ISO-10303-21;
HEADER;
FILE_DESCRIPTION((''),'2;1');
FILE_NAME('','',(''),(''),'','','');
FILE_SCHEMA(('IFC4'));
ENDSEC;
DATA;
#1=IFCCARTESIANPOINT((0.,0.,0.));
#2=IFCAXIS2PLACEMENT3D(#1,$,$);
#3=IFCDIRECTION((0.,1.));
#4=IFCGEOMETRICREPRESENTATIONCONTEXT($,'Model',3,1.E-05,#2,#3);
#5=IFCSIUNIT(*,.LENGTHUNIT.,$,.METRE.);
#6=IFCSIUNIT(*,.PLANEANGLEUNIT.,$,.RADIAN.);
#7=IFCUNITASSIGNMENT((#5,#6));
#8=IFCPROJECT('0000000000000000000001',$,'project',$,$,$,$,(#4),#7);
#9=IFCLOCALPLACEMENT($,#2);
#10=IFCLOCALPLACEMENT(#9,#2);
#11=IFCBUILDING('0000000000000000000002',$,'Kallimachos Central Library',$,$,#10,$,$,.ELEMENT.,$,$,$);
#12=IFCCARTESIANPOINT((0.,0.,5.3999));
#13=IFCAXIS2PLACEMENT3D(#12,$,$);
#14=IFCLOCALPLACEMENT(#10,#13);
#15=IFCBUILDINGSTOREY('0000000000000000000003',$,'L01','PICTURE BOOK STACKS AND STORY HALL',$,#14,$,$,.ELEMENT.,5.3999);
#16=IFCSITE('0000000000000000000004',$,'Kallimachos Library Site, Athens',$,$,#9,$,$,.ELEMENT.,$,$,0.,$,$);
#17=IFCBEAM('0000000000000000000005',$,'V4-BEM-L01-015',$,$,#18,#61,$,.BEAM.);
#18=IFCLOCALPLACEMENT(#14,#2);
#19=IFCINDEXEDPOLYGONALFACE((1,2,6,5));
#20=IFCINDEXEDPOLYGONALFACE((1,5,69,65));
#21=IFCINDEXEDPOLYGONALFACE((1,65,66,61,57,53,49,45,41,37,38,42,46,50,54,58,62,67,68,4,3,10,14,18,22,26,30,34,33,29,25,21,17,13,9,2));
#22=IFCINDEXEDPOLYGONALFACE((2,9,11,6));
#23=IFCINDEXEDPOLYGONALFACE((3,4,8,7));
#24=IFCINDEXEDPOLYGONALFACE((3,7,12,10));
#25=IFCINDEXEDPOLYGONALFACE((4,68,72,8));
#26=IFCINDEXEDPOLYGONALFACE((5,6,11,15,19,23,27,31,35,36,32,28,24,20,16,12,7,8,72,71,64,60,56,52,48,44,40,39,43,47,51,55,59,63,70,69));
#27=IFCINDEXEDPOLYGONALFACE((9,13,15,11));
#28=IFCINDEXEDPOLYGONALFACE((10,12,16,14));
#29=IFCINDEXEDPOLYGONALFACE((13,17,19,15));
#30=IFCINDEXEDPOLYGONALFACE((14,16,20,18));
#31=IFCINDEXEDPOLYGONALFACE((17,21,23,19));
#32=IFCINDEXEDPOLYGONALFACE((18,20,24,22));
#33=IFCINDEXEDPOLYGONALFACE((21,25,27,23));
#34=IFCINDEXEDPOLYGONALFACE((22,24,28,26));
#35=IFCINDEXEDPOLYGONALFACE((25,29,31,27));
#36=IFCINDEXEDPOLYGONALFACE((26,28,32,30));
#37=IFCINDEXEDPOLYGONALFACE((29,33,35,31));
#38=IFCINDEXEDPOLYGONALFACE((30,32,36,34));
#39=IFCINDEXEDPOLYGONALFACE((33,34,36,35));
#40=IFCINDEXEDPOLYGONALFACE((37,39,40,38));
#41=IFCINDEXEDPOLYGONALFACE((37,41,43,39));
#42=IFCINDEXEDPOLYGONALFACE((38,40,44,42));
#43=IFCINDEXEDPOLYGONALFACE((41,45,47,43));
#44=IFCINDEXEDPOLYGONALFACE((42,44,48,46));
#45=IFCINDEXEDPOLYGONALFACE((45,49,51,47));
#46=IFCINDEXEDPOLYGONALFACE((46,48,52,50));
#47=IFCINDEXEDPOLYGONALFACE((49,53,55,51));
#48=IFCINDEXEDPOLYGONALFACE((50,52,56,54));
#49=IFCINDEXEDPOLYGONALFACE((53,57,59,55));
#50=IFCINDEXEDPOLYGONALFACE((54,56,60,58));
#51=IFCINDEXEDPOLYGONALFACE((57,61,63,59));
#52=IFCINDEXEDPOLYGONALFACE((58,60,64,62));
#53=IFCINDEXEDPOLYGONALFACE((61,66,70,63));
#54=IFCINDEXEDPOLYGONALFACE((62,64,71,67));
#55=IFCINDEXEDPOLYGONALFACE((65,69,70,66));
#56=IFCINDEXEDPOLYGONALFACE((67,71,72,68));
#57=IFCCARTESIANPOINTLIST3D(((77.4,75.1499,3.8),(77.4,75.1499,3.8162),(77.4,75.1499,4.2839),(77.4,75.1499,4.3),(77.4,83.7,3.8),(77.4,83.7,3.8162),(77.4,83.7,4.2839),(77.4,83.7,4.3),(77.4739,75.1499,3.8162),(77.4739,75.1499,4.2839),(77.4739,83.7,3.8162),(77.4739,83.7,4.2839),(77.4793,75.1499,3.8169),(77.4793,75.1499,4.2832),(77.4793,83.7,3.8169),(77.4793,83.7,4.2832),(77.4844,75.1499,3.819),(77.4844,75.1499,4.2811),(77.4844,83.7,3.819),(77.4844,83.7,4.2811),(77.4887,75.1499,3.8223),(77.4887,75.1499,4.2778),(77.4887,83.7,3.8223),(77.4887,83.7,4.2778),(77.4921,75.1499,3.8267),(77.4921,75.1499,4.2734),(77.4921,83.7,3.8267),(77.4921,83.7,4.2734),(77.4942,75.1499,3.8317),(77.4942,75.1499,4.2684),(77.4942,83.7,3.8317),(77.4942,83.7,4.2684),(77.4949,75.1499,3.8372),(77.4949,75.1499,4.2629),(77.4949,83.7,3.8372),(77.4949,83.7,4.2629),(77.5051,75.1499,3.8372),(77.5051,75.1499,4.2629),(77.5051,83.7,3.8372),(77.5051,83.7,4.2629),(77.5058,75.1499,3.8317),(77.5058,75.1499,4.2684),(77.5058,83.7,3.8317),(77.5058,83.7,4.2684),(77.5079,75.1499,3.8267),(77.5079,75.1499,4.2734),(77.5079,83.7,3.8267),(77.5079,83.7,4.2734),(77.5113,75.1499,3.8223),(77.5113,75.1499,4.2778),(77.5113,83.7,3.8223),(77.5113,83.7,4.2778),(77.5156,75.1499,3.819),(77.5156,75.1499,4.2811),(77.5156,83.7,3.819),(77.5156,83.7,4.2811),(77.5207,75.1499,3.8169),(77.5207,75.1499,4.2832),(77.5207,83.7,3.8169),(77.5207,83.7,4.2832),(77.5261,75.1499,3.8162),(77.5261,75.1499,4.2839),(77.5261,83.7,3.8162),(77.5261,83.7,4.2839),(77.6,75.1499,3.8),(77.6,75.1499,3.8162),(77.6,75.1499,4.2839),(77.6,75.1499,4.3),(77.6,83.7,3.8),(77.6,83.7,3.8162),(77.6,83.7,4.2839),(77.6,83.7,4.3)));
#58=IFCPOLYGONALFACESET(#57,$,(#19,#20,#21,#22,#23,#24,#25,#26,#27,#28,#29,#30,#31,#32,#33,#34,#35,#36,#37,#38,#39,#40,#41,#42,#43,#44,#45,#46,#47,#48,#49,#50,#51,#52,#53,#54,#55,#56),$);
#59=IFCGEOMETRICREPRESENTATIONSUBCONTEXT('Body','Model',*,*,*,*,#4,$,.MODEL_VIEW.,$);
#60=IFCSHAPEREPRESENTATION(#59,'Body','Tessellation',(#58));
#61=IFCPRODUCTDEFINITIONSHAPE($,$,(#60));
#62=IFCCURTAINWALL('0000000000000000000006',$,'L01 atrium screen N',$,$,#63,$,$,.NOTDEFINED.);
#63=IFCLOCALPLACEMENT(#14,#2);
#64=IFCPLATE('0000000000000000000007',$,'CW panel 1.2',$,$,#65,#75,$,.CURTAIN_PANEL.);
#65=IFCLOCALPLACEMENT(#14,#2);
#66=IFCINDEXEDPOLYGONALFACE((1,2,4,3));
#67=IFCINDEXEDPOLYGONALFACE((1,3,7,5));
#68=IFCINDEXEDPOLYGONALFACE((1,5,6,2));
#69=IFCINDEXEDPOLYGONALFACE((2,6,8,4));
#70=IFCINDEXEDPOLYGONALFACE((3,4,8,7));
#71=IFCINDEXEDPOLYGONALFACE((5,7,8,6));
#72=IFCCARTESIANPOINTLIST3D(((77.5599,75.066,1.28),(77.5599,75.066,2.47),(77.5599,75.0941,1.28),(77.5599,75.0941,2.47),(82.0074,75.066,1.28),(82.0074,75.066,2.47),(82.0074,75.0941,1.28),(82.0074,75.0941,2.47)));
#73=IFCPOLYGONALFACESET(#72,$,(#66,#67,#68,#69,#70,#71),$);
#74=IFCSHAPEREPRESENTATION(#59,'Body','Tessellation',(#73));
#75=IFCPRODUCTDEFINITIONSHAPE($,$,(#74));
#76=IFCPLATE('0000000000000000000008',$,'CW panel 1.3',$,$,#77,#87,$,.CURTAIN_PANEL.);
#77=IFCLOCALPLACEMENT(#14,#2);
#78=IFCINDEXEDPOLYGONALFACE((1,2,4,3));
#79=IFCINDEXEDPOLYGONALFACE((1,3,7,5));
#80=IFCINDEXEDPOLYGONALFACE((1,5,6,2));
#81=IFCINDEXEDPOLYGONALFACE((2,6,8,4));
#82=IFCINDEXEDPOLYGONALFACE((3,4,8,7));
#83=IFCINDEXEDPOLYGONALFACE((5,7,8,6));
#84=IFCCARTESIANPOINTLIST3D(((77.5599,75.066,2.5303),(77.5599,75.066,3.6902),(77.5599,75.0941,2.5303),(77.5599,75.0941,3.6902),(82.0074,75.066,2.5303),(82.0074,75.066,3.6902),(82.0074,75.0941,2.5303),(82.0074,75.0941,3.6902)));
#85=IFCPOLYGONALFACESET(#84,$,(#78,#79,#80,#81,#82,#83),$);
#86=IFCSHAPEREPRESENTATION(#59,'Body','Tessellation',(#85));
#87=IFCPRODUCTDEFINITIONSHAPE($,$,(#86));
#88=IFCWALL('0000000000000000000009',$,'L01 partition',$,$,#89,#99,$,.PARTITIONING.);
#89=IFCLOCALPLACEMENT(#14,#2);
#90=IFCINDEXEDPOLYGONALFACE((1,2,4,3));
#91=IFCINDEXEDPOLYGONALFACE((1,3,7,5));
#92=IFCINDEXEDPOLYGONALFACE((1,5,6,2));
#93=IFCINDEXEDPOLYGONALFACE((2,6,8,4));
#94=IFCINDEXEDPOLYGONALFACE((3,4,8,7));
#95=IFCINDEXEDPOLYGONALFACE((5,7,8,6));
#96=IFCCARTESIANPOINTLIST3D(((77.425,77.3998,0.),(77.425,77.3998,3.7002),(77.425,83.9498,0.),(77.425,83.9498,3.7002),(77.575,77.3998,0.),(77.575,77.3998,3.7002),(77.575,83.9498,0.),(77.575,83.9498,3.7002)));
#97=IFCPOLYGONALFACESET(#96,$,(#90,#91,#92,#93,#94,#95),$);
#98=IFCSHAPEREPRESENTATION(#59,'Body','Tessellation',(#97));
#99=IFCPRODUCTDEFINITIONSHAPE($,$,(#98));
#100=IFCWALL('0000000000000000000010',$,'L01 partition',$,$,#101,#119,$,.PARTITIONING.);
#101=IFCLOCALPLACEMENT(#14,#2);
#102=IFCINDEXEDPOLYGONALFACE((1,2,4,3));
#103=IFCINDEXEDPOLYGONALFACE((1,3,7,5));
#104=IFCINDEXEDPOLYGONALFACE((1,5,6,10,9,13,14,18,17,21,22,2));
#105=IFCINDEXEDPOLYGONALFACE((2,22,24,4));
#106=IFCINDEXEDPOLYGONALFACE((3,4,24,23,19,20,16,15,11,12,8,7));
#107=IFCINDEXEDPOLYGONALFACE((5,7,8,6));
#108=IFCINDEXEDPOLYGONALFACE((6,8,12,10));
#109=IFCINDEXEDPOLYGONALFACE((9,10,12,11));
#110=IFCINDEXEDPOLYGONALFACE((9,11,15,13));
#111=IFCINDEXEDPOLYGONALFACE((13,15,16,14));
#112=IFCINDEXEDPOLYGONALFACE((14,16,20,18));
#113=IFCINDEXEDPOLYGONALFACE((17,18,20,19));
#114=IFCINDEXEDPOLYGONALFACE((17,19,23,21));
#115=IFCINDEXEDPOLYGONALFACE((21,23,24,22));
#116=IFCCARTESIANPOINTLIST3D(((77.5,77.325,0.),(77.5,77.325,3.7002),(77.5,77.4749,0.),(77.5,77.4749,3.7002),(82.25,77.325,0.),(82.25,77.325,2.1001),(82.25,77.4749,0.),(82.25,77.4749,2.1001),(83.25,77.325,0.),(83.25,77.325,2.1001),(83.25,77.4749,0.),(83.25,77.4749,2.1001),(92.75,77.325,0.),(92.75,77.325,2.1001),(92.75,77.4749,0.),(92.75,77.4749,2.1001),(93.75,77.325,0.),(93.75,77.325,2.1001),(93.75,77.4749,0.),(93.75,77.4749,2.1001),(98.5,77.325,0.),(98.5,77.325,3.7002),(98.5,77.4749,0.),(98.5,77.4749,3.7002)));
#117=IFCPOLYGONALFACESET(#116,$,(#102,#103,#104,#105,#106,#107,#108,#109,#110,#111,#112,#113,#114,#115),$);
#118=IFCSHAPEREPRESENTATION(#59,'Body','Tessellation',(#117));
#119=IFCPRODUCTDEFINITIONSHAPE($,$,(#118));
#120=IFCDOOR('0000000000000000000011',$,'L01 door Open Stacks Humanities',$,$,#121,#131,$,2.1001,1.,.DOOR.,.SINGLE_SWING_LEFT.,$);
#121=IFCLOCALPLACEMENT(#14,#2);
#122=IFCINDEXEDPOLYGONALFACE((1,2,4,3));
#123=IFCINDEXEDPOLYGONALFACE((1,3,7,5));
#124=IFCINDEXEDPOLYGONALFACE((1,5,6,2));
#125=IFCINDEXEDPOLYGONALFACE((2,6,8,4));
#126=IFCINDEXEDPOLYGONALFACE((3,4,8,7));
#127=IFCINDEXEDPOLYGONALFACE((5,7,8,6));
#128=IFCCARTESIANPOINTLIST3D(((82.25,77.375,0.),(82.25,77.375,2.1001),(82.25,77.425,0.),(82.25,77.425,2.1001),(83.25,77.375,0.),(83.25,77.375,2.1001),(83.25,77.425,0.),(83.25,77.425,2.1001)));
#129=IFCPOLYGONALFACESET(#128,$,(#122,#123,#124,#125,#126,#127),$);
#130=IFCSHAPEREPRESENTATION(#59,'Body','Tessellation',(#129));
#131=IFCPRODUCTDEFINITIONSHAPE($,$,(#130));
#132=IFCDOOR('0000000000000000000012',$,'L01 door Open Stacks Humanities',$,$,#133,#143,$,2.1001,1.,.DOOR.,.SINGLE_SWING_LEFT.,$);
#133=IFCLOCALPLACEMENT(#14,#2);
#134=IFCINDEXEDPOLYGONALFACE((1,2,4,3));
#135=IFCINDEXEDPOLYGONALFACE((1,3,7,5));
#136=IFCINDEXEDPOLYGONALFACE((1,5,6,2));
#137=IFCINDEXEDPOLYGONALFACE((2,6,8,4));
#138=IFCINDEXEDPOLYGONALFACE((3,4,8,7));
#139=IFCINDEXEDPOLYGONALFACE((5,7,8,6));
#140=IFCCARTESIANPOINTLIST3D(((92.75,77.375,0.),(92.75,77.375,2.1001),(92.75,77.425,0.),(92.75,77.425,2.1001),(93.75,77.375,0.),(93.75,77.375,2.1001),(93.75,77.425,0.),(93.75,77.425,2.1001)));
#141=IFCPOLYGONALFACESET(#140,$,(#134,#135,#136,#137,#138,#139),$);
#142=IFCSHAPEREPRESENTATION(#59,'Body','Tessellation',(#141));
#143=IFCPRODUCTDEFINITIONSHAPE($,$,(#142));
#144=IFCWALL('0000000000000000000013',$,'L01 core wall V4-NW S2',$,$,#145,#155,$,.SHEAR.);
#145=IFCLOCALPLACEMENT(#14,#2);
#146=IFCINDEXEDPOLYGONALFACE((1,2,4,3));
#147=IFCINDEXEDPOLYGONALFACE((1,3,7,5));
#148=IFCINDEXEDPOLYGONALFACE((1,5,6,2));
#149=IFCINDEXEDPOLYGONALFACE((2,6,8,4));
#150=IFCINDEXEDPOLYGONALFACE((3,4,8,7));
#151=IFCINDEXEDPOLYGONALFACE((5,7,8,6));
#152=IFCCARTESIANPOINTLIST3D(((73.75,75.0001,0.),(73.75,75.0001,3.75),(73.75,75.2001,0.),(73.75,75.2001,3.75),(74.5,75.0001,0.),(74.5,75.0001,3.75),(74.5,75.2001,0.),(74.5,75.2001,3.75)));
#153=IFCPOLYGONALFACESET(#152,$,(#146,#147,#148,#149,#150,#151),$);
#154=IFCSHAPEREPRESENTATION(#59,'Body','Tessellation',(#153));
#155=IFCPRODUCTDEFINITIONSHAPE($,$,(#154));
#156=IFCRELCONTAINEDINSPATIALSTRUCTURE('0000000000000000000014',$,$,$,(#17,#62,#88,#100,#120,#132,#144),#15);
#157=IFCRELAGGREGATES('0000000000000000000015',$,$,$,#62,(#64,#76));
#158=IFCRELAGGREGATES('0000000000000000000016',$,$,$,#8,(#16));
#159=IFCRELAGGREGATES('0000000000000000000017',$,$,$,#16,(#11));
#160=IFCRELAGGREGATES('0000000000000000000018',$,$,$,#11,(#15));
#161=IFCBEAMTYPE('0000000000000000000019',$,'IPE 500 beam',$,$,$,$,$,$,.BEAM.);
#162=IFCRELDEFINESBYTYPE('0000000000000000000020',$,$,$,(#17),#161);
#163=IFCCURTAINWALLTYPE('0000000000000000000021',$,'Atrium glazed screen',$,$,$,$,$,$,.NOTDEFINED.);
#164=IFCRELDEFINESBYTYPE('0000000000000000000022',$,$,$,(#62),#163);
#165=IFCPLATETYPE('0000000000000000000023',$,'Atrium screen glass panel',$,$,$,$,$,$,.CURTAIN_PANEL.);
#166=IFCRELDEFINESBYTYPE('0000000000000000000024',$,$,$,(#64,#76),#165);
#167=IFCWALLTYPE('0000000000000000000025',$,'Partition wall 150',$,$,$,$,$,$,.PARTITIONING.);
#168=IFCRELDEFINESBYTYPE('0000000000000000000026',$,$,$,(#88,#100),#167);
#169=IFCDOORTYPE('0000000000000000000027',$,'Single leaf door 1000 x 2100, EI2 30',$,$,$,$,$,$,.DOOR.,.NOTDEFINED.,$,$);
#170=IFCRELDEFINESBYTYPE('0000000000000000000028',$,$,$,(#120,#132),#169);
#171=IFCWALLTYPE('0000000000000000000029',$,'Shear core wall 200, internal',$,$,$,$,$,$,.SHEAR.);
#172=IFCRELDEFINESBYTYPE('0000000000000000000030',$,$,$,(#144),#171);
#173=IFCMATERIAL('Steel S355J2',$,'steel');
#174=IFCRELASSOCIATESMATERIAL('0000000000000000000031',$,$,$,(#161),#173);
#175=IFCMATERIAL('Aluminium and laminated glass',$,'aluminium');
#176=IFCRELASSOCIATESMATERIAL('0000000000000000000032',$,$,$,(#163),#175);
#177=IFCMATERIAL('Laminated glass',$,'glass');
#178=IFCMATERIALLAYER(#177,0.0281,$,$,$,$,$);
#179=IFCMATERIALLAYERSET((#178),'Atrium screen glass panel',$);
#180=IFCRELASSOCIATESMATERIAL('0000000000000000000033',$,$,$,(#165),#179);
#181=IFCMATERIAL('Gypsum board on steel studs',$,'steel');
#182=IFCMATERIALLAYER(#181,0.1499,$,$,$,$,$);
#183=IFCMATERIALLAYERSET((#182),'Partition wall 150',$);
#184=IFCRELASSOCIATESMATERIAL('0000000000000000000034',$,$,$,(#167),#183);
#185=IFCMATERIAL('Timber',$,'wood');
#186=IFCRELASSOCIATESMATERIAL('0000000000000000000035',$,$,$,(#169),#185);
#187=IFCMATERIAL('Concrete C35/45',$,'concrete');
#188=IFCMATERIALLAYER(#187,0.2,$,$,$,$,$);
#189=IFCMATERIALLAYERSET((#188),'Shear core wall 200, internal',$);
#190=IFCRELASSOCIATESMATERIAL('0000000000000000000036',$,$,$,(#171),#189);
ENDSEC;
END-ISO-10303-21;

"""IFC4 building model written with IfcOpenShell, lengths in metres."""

from ifc_helpers import new_model, si_unit, direction, frame, frame_2d, origin, origin_2d, place, context, subcontext, project, spatial, rectangle, i_section, extrude, material, layer, layer_set, material_profile, profile_set, type_object, element, fill, aggregate, save


model = new_model("IFC4")

# Units and contexts
model_context = context("Model", 3, precision=1e-05, world=origin(), true_north=direction((0.0, 1.0)))
body_context = subcontext(model_context, "Body", "Model", "MODEL_VIEW")
ifc_project = project(units=[si_unit("LENGTHUNIT", "METRE"), si_unit("PLANEANGLEUNIT", "RADIAN")], contexts=[model_context])

# Site, building, storey
site_placement = place(None, origin())
site = spatial("IfcSite", under=ifc_project, at=site_placement, Name="Kallimachos Library Site, Athens", CompositionType="ELEMENT", RefElevation=0.0)
building_placement = place(site_placement, origin())
building = spatial("IfcBuilding", under=site, at=building_placement, Name="Kallimachos Central Library", CompositionType="ELEMENT")
storey_placement = place(building_placement, frame((0.0, 0.0, 5.3999)))
storey = spatial("IfcBuildingStorey", under=building, at=storey_placement, Name="L01", Description="PICTURE BOOK STACKS AND STORY HALL", CompositionType="ELEMENT", Elevation=5.3999)

# Beam
ifc_material_1 = material(Name="Steel S355J2", Category="steel")
ifc_material_profile_1 = material_profile(ifc_material_1, i_section(OverallWidth=0.2, OverallDepth=0.5, WebThickness=0.0103, FlangeThickness=0.0161, FilletRadius=0.021, at=origin_2d()), Name="IPE 500")
ifc_profile_set_1 = profile_set([ifc_material_profile_1], Name="Steel S355J2")
beam_type_1 = type_object("IfcBeamType", Name="IPE 500 beam", PredefinedType="BEAM", material=ifc_profile_set_1)
beam_1_placement = place(storey_placement, frame((77.5, 75.1499, 4.05), z_axis=(0.0, 1.0, 0.0), x_axis=(-1.0, 0.0, 0.0)))
element("IfcBeam", 1, at=beam_1_placement, inside=storey, type_object=beam_type_1, Name="V4-BEM-L01-015", PredefinedType="BEAM", context=body_context, shape_type="SweptSolid", body=[
    extrude(i_section(OverallWidth=0.2, OverallDepth=0.5, WebThickness=0.0103, FlangeThickness=0.0161, FilletRadius=0.021, at=origin_2d()), origin(), (0.0, 0.0, 1.0), 8.55),
])

# Curtain wall, plates
ifc_material_2 = material(Name="Aluminium and laminated glass", Category="aluminium")
curtain_wall_type = type_object("IfcCurtainWallType", Name="Atrium glazed screen", PredefinedType="NOTDEFINED", material=ifc_material_2)
curtain_wall_placement = place(storey_placement, origin())
curtain_wall = element("IfcCurtainWall", 2, at=curtain_wall_placement, inside=storey, type_object=curtain_wall_type, Name="L01 atrium screen N", PredefinedType="NOTDEFINED")
ifc_material_3 = material(Name="Laminated glass", Category="glass")
ifc_layer_1 = layer(ifc_material_3, 0.0281)
ifc_layer_set_1 = layer_set([ifc_layer_1], Name="Atrium screen glass panel")
plate_type = type_object("IfcPlateType", Name="Atrium screen glass panel", PredefinedType="CURTAIN_PANEL", material=ifc_layer_set_1)
plate_1_placement = place(storey_placement, frame((79.7837, 75.0801, 1.28), z_axis=(0.0, 0.0, 1.0), x_axis=(1.0, 0.0, 0.0)))
plate_1 = element("IfcPlate", 3, at=plate_1_placement, type_object=plate_type, Name="CW panel 1.2", PredefinedType="CURTAIN_PANEL", context=body_context, shape_type="SweptSolid", body=[
    extrude(rectangle(XDim=4.4475, YDim=0.0281, at=origin_2d()), origin(), (0.0, 0.0, 1.0), 1.1899),
])
plate_2_placement = place(storey_placement, frame((79.7837, 75.0801, 2.5303), z_axis=(0.0, 0.0, 1.0), x_axis=(1.0, 0.0, 0.0)))
plate_2 = element("IfcPlate", 4, at=plate_2_placement, type_object=plate_type, Name="CW panel 1.3", PredefinedType="CURTAIN_PANEL", context=body_context, shape_type="SweptSolid", body=[
    extrude(rectangle(XDim=4.4475, YDim=0.0281, at=origin_2d()), origin(), (0.0, 0.0, 1.0), 1.1599),
])
aggregate(curtain_wall, [plate_1, plate_2])

# Wall
ifc_material_4 = material(Name="Gypsum board on steel studs", Category="steel")
ifc_layer_2 = layer(ifc_material_4, 0.1499)
ifc_layer_set_2 = layer_set([ifc_layer_2], Name="Partition wall 150")
wall_type_1 = type_object("IfcWallType", Name="Partition wall 150", PredefinedType="PARTITIONING", material=ifc_layer_set_2)
wall_1_placement = place(storey_placement, frame((77.5, 77.3999, 0.0), z_axis=(0.0, 0.0, 1.0), x_axis=(0.0, 1.0, 0.0)))
element("IfcWall", 5, at=wall_1_placement, inside=storey, type_object=wall_type_1, Name="L01 partition", PredefinedType="PARTITIONING", context=body_context, shape_type="SweptSolid", body=[
    extrude(rectangle(XDim=6.55, YDim=0.1499, at=frame_2d((3.2749, 0.0))), origin(), (0.0, 0.0, 1.0), 3.7002),
])

# Wall, openings, doors
wall_2_placement = place(storey_placement, frame((77.5, 77.3999, 0.0), z_axis=(0.0, 0.0, 1.0), x_axis=(1.0, 0.0, 0.0)))
wall_2 = element("IfcWall", 6, at=wall_2_placement, inside=storey, type_object=wall_type_1, Name="L01 partition", PredefinedType="PARTITIONING", context=body_context, shape_type="SweptSolid", body=[
    extrude(rectangle(XDim=21.0, YDim=0.1499, at=frame_2d((10.5, 0.0))), origin(), (0.0, 0.0, 1.0), 3.7002),
])
opening_1_placement = place(wall_2_placement, frame((4.75, 0.0, 0.0)))
opening_1 = element("IfcOpeningElement", 7, at=opening_1_placement, cuts=wall_2, PredefinedType="OPENING", context=body_context, shape_type="SweptSolid", body=[
    extrude(rectangle(XDim=1.0, YDim=2.1001, at=frame_2d((0.5, 1.05))), frame((0.0, 0.085, 0.0), z_axis=(0.0, -1.0, 0.0), x_axis=(1.0, 0.0, 0.0)), (0.0, 0.0, 1.0), 0.1699),
])
opening_2_placement = place(wall_2_placement, frame((15.25, 0.0, 0.0)))
opening_2 = element("IfcOpeningElement", 8, at=opening_2_placement, cuts=wall_2, PredefinedType="OPENING", context=body_context, shape_type="SweptSolid", body=[
    extrude(rectangle(XDim=1.0, YDim=2.1001, at=frame_2d((0.5, 1.05))), frame((0.0, 0.085, 0.0), z_axis=(0.0, -1.0, 0.0), x_axis=(1.0, 0.0, 0.0)), (0.0, 0.0, 1.0), 0.1699),
])
ifc_material_5 = material(Name="Timber", Category="wood")
door_type_1 = type_object("IfcDoorType", Name="Single leaf door 1000 x 2100, EI2 30", OperationType="NOTDEFINED", PredefinedType="DOOR", material=ifc_material_5)
door_1_placement = place(opening_1_placement, frame((1.0, 0.0, 0.0), z_axis=(0.0, 0.0, 1.0), x_axis=(-1.0, 0.0, 0.0)))
door_1 = element("IfcDoor", 9, at=door_1_placement, inside=storey, type_object=door_type_1, Name="L01 door Open Stacks Humanities", OperationType="SINGLE_SWING_LEFT", OverallHeight=2.1001, OverallWidth=1.0, PredefinedType="DOOR", context=body_context, shape_type="SweptSolid", body=[
    extrude(rectangle(XDim=1.0, YDim=2.1001, at=frame_2d((0.5, 1.05))), frame((0.0, 0.0249, 0.0), z_axis=(0.0, -1.0, 0.0), x_axis=(1.0, 0.0, 0.0)), (0.0, 0.0, 1.0), 0.05),
])
fill(opening_1, door_1)
door_2_placement = place(opening_2_placement, frame((1.0, 0.0, 0.0), z_axis=(0.0, 0.0, 1.0), x_axis=(-1.0, 0.0, 0.0)))
door_2 = element("IfcDoor", 10, at=door_2_placement, inside=storey, type_object=door_type_1, Name="L01 door Open Stacks Humanities", OperationType="SINGLE_SWING_LEFT", OverallHeight=2.1001, OverallWidth=1.0, PredefinedType="DOOR", context=body_context, shape_type="SweptSolid", body=[
    extrude(rectangle(XDim=1.0, YDim=2.1001, at=frame_2d((0.5, 1.05))), frame((0.0, 0.0249, 0.0), z_axis=(0.0, -1.0, 0.0), x_axis=(1.0, 0.0, 0.0)), (0.0, 0.0, 1.0), 0.05),
])
fill(opening_2, door_2)

# Wall
ifc_material_6 = material(Name="Concrete C35/45", Category="concrete")
ifc_layer_3 = layer(ifc_material_6, 0.2)
ifc_layer_set_3 = layer_set([ifc_layer_3], Name="Shear core wall 200, internal")
wall_type_2 = type_object("IfcWallType", Name="Shear core wall 200, internal", PredefinedType="SHEAR", material=ifc_layer_set_3)
wall_3_placement = place(storey_placement, frame((73.75, 75.1001, 0.0), z_axis=(0.0, 0.0, 1.0), x_axis=(1.0, 0.0, 0.0)))
element("IfcWall", 11, at=wall_3_placement, inside=storey, type_object=wall_type_2, Name="L01 core wall V4-NW S2", PredefinedType="SHEAR", context=body_context, shape_type="SweptSolid", body=[
    extrude(rectangle(XDim=0.75, YDim=0.2, at=frame_2d((0.375, 0.0))), origin(), (0.0, 0.0, 1.0), 3.75),
])

save(model, "model.ifc")
